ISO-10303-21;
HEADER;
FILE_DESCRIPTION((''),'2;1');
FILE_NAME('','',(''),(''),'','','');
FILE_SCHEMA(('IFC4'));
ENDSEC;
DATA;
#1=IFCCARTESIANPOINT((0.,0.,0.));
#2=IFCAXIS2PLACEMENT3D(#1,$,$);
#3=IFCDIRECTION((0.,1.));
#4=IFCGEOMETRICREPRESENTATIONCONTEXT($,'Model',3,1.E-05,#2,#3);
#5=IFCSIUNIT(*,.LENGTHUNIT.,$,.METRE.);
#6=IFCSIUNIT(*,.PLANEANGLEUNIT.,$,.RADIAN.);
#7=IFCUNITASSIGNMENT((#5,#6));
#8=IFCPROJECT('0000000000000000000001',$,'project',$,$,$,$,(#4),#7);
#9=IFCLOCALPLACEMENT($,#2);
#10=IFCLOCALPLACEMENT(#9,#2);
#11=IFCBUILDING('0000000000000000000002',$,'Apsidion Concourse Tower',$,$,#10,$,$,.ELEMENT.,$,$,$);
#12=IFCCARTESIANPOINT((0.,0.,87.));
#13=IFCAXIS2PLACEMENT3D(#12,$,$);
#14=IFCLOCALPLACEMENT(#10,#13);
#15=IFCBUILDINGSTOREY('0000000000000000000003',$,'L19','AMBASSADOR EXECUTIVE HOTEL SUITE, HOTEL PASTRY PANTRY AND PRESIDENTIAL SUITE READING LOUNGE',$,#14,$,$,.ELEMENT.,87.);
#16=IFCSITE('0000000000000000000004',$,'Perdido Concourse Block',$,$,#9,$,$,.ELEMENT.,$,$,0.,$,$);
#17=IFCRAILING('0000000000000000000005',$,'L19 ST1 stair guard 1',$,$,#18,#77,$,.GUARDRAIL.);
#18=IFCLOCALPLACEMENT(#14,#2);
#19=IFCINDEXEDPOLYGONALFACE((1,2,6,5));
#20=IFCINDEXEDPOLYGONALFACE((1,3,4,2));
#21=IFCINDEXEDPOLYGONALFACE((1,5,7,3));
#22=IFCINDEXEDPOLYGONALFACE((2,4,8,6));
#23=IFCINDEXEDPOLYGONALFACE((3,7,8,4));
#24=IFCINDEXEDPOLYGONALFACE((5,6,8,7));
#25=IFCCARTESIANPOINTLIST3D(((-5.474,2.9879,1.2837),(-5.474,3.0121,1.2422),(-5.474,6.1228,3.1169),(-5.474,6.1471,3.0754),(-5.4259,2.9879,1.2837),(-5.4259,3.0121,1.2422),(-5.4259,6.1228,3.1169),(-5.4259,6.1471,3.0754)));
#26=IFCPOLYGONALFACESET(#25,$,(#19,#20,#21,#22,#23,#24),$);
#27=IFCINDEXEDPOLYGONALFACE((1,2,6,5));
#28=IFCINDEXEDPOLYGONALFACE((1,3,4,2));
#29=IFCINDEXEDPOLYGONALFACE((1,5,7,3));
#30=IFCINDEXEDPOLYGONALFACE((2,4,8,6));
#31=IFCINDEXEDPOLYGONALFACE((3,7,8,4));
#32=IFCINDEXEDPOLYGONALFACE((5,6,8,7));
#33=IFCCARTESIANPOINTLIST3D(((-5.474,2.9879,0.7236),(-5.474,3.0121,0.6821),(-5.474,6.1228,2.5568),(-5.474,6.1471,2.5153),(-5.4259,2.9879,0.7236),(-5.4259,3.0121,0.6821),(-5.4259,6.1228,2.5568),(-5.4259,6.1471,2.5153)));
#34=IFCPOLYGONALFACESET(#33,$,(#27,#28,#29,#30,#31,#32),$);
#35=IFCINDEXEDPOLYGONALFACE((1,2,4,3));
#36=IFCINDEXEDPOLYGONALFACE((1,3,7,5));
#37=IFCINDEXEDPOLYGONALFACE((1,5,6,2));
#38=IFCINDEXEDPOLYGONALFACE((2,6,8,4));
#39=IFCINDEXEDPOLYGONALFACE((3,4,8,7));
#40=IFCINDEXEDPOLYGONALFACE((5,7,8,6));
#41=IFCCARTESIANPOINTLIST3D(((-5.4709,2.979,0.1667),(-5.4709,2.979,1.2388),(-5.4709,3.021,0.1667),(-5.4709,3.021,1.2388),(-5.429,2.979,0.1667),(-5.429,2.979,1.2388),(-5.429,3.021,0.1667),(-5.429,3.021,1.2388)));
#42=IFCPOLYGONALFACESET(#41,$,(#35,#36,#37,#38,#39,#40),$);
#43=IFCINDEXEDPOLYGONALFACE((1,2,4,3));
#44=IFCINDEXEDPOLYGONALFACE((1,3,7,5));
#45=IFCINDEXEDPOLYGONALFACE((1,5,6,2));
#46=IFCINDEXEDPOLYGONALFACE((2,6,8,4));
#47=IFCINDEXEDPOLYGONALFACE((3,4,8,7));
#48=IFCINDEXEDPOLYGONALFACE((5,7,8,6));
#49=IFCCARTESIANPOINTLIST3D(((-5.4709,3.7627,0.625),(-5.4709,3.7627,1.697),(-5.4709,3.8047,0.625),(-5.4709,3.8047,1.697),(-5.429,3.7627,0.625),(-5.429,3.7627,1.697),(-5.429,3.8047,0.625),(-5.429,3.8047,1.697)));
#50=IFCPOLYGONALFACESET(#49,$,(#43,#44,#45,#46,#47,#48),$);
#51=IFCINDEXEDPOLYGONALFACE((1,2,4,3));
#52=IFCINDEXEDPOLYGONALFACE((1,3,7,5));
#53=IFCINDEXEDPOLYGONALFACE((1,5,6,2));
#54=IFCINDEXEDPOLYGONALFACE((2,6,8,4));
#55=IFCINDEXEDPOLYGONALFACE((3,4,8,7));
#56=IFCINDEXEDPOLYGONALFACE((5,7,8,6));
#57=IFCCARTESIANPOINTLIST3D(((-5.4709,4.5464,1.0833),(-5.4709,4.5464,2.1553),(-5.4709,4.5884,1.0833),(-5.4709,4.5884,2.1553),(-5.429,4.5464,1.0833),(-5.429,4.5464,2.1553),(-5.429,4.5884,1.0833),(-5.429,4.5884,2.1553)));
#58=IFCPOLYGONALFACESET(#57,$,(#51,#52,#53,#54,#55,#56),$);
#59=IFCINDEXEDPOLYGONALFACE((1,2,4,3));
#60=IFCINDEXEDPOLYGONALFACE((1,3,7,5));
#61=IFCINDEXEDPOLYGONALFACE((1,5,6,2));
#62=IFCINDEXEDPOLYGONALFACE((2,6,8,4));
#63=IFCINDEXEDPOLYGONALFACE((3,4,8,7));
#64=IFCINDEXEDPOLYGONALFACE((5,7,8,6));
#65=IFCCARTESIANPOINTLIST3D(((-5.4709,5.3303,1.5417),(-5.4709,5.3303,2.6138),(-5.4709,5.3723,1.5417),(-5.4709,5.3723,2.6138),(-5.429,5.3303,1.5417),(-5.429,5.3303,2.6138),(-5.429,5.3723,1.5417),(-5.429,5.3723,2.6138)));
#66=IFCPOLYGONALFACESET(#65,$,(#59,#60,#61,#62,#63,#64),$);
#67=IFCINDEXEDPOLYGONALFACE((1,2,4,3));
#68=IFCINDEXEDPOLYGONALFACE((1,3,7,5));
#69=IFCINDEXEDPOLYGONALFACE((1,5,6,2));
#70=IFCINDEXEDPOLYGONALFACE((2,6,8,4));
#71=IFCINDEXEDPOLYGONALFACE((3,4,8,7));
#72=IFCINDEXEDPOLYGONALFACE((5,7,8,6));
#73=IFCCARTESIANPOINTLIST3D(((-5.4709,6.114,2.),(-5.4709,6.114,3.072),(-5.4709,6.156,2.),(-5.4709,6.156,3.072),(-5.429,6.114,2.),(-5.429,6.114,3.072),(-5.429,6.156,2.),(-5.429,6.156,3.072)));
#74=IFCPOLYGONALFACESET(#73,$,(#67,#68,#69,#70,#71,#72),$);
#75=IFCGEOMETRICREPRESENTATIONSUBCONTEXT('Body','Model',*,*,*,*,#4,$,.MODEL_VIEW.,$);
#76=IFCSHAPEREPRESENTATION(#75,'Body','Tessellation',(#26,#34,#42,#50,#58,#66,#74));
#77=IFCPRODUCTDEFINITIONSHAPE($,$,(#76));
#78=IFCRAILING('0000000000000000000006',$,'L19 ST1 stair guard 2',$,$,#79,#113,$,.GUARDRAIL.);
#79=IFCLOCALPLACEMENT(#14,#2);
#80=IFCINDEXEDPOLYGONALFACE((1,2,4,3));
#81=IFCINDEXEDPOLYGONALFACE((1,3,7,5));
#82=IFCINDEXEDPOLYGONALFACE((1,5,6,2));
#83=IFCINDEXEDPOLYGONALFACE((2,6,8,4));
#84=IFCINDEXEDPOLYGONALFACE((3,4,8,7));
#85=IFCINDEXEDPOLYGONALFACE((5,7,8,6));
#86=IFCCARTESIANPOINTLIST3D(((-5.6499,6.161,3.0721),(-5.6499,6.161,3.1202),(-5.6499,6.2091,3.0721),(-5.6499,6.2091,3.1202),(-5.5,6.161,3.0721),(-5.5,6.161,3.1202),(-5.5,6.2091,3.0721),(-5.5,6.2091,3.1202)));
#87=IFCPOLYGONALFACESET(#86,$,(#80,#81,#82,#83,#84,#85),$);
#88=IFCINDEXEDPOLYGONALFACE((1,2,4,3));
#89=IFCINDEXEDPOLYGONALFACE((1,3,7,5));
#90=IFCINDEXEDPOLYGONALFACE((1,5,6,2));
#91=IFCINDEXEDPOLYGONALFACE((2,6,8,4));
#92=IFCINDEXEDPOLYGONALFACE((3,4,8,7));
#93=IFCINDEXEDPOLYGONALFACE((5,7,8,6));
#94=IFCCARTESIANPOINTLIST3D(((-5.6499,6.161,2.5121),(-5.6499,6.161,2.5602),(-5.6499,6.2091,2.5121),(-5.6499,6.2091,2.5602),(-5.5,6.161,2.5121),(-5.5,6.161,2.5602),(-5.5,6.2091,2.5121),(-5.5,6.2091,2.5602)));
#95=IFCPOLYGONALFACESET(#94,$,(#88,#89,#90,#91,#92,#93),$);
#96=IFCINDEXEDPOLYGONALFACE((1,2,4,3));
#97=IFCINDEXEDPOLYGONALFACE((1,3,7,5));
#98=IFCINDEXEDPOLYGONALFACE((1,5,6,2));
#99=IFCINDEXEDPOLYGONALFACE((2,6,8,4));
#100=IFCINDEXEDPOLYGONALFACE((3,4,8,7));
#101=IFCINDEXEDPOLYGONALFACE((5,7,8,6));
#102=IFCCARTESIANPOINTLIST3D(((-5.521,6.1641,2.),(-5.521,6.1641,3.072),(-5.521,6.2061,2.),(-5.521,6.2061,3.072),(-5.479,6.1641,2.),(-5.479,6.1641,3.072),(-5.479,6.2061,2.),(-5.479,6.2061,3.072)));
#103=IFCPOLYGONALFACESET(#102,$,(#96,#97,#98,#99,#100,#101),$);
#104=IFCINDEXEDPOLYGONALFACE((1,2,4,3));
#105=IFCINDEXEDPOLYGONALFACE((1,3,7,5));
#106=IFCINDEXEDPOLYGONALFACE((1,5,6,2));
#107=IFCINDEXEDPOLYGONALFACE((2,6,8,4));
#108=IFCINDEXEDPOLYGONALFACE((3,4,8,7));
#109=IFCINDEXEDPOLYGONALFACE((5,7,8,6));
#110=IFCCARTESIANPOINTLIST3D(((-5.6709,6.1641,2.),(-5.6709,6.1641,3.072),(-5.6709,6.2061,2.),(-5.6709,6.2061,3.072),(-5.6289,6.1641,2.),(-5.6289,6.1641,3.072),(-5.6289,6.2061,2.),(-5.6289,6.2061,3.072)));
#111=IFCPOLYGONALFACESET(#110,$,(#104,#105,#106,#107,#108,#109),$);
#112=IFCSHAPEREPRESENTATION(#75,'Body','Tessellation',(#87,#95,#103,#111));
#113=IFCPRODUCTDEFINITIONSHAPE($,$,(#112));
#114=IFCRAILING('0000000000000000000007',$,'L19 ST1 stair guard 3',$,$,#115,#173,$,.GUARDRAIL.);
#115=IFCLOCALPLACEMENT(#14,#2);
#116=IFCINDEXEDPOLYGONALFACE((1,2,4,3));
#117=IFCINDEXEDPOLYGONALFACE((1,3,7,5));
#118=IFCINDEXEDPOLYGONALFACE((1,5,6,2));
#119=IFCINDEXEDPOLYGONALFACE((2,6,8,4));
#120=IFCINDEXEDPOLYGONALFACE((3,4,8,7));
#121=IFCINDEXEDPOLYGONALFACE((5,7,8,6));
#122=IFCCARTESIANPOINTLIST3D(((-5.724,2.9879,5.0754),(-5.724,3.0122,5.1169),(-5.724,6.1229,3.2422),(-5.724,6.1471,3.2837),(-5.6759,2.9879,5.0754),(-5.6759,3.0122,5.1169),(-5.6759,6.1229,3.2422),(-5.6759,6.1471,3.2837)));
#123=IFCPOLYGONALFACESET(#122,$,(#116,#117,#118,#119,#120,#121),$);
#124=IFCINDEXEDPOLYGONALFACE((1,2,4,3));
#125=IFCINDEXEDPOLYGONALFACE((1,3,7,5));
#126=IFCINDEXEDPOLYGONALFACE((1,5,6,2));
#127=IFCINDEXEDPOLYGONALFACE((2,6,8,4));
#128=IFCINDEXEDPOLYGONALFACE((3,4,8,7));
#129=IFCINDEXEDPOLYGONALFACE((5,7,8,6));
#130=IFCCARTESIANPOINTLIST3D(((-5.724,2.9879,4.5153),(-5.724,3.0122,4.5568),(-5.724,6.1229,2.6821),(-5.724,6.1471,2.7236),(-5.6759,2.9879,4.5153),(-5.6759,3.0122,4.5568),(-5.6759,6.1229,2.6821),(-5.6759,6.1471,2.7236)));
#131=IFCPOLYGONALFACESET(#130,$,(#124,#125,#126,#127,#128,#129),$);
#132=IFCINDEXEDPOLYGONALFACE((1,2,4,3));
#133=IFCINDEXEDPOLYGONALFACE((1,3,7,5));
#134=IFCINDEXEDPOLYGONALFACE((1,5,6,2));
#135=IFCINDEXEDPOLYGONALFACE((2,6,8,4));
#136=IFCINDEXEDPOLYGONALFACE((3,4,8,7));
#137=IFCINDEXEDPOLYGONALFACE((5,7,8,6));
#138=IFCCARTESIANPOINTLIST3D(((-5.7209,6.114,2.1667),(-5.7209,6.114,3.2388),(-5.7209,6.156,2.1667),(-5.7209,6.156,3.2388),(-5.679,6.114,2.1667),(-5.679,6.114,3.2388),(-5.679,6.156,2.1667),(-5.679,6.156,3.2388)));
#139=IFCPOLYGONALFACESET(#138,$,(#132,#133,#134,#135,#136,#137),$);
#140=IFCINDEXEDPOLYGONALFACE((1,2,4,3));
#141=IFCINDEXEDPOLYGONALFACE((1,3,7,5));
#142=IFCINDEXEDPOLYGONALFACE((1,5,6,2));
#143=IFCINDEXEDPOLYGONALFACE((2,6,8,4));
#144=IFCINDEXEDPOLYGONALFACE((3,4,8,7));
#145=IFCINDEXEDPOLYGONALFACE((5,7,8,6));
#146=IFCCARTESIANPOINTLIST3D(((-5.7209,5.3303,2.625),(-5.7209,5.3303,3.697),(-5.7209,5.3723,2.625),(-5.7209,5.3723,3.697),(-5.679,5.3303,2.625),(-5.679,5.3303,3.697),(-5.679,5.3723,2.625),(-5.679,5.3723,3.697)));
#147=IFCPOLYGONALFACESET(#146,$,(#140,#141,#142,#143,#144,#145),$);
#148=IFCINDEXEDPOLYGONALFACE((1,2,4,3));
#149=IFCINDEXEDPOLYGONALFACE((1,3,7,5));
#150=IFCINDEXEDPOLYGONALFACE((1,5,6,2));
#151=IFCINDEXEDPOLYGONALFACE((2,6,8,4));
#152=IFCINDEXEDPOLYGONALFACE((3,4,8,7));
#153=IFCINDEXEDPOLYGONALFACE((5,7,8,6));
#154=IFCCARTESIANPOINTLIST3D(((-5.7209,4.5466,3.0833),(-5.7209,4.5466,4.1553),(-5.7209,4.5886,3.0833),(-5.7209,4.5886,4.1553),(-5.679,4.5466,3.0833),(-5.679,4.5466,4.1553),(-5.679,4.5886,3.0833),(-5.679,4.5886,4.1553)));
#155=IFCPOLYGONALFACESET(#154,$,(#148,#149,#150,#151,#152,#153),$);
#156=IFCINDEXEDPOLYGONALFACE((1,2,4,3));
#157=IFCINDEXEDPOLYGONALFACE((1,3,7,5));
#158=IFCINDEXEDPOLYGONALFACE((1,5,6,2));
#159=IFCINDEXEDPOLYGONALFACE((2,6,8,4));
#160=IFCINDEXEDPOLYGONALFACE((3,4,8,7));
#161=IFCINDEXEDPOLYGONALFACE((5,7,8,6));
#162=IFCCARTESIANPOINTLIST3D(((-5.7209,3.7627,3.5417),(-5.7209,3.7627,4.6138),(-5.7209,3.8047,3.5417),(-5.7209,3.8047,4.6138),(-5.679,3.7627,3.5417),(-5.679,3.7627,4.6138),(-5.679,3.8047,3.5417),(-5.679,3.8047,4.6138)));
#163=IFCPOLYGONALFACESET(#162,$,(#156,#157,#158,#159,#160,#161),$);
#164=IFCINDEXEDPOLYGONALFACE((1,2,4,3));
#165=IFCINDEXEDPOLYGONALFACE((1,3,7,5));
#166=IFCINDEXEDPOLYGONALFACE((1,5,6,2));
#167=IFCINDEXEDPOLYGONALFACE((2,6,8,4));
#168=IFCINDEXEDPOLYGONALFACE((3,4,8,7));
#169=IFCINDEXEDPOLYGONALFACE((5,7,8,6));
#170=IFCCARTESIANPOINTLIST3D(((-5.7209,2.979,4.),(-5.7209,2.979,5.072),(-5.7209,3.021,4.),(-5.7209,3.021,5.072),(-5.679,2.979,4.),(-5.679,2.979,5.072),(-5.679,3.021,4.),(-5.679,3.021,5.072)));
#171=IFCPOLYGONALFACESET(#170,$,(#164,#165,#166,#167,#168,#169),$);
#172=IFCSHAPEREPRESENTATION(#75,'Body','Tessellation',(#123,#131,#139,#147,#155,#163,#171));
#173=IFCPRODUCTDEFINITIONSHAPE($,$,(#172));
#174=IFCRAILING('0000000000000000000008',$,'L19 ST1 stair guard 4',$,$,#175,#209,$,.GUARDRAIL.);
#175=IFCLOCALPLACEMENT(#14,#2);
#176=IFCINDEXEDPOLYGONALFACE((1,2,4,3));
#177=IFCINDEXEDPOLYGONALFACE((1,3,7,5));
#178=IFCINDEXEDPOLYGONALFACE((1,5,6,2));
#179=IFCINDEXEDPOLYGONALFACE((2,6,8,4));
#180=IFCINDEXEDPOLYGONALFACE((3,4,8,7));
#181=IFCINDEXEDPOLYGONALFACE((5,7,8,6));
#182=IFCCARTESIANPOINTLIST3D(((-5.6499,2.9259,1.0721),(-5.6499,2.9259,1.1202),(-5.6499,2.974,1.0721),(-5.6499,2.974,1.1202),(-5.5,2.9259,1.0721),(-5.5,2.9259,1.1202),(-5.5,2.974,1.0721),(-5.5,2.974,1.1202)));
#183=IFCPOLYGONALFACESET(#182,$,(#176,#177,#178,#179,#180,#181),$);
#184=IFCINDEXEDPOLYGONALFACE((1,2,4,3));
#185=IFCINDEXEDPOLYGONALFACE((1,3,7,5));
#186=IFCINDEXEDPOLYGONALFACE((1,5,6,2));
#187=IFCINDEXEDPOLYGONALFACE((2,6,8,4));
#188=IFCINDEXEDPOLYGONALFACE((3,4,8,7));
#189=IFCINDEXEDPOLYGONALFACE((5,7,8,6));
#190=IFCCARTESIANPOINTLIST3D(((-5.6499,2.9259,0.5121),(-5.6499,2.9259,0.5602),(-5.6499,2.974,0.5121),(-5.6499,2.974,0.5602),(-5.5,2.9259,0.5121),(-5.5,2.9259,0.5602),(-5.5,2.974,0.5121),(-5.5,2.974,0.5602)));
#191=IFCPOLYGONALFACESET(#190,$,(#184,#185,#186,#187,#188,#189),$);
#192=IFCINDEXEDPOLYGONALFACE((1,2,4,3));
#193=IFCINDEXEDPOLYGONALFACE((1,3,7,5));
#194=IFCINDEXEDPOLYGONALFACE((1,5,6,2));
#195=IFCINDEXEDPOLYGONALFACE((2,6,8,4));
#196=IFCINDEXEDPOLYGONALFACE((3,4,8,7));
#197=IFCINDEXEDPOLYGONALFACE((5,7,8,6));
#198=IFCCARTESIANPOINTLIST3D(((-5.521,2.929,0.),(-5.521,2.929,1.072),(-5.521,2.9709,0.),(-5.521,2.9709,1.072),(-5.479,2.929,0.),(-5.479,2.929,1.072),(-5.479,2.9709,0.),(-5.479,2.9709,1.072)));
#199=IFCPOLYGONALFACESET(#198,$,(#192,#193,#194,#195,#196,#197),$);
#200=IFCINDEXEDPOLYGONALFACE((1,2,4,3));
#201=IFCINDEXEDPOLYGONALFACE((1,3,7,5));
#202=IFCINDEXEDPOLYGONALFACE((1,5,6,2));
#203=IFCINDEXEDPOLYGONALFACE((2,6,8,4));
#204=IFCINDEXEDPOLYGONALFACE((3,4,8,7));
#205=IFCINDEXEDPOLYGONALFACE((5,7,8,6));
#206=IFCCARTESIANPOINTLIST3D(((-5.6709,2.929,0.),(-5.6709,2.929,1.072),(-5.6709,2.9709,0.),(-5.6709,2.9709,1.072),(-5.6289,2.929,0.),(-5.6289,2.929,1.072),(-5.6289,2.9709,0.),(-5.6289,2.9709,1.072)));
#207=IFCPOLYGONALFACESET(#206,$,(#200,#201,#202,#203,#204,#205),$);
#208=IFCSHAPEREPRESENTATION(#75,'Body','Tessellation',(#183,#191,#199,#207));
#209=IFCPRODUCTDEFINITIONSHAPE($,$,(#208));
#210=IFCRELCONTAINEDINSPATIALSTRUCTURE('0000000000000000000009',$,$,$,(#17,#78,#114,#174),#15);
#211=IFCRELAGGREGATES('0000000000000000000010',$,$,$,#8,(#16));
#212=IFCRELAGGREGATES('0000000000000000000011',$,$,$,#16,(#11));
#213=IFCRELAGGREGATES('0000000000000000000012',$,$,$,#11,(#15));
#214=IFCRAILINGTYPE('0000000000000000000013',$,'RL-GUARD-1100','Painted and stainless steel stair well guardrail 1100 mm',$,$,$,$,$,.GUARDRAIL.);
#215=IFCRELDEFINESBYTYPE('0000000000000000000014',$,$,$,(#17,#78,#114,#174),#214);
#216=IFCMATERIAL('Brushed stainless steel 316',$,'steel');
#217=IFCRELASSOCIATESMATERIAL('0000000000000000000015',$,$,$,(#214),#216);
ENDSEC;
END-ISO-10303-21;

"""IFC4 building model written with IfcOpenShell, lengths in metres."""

from ifc_helpers import new_model, si_unit, direction, frame, origin, origin_2d, place, context, subcontext, project, spatial, rectangle, extrude, material, type_object, element, save


model = new_model("IFC4")

# Units and contexts
model_context = context("Model", 3, precision=1e-05, world=origin(), true_north=direction((0.0, 1.0)))
body_context = subcontext(model_context, "Body", "Model", "MODEL_VIEW")
ifc_project = project(units=[si_unit("LENGTHUNIT", "METRE"), si_unit("PLANEANGLEUNIT", "RADIAN")], contexts=[model_context])

# Site, building, storey
site_placement = place(None, origin())
site = spatial("IfcSite", under=ifc_project, at=site_placement, Name="Perdido Concourse Block", CompositionType="ELEMENT", RefElevation=0.0)
building_placement = place(site_placement, origin())
building = spatial("IfcBuilding", under=site, at=building_placement, Name="Apsidion Concourse Tower", CompositionType="ELEMENT")
storey_placement = place(building_placement, frame((0.0, 0.0, 87.0)))
storey = spatial("IfcBuildingStorey", under=building, at=storey_placement, Name="L19", Description="AMBASSADOR EXECUTIVE HOTEL SUITE, HOTEL PASTRY PANTRY AND PRESIDENTIAL SUITE READING LOUNGE", CompositionType="ELEMENT", Elevation=87.0)

# Railings
ifc_material_1 = material(Name="Brushed stainless steel 316", Category="steel")
railing_type_1 = type_object("IfcRailingType", Name="RL-GUARD-1100", Description="Painted and stainless steel stair well guardrail 1100 mm", PredefinedType="GUARDRAIL", material=ifc_material_1)
railing_1_placement = place(storey_placement, frame((-5.45, 3.0, 0.1667)))
element("IfcRailing", 1, at=railing_1_placement, inside=storey, type_object=railing_type_1, Name="L19 ST1 stair guard 1", PredefinedType="GUARDRAIL", context=body_context, shape_type="SweptSolid", body=[
    extrude(rectangle(XDim=0.0481, YDim=0.0481, at=origin_2d()), frame((0.0, 0.0, 1.0962), z_axis=(0.0, 0.86324, 0.504794), x_axis=(-1.0, 0.0, 0.0)), (0.0, 0.0, 1.0), 3.6316),
    extrude(rectangle(XDim=0.0481, YDim=0.0481, at=origin_2d()), frame((0.0, 0.0, 0.5361), z_axis=(0.0, 0.86324, 0.504794), x_axis=(-1.0, 0.0, 0.0)), (0.0, 0.0, 1.0), 3.6316),
    extrude(rectangle(XDim=0.042, YDim=0.042, at=origin_2d()), origin(), (0.0, 0.0, 1.0), 1.072),
    extrude(rectangle(XDim=0.042, YDim=0.042, at=origin_2d()), frame((0.0, 0.7837, 0.4583)), (0.0, 0.0, 1.0), 1.072),
    extrude(rectangle(XDim=0.042, YDim=0.042, at=origin_2d()), frame((0.0, 1.5674, 0.9165)), (0.0, 0.0, 1.0), 1.072),
    extrude(rectangle(XDim=0.042, YDim=0.042, at=origin_2d()), frame((0.0, 2.3513, 1.375)), (0.0, 0.0, 1.0), 1.072),
    extrude(rectangle(XDim=0.042, YDim=0.042, at=origin_2d()), frame((0.0, 3.135, 1.8333)), (0.0, 0.0, 1.0), 1.072),
])
railing_2_placement = place(storey_placement, frame((-5.5, 6.1851, 2.0)))
element("IfcRailing", 2, at=railing_2_placement, inside=storey, type_object=railing_type_1, Name="L19 ST1 stair guard 2", PredefinedType="GUARDRAIL", context=body_context, shape_type="SweptSolid", body=[
    extrude(rectangle(XDim=0.0481, YDim=0.0481, at=origin_2d()), frame((0.0, 0.0, 1.0962), z_axis=(-1.0, 0.0, 0.0), x_axis=(0.0, -1.0, 0.0)), (0.0, 0.0, 1.0), 0.1499),
    extrude(rectangle(XDim=0.0481, YDim=0.0481, at=origin_2d()), frame((0.0, 0.0, 0.5361), z_axis=(-1.0, 0.0, 0.0), x_axis=(0.0, -1.0, 0.0)), (0.0, 0.0, 1.0), 0.1499),
    extrude(rectangle(XDim=0.042, YDim=0.042, at=origin_2d()), origin(), (0.0, 0.0, 1.0), 1.072),
    extrude(rectangle(XDim=0.042, YDim=0.042, at=origin_2d()), frame((-0.1499, 0.0, 0.0)), (0.0, 0.0, 1.0), 1.072),
])
railing_3_placement = place(storey_placement, frame((-5.7, 6.135, 2.1667)))
element("IfcRailing", 3, at=railing_3_placement, inside=storey, type_object=railing_type_1, Name="L19 ST1 stair guard 3", PredefinedType="GUARDRAIL", context=body_context, shape_type="SweptSolid", body=[
    extrude(rectangle(XDim=0.0481, YDim=0.0481, at=origin_2d()), frame((0.0, 0.0, 1.0962), z_axis=(0.0, -0.86324, 0.504794), x_axis=(1.0, 0.0, 0.0)), (0.0, 0.0, 1.0), 3.6316),
    extrude(rectangle(XDim=0.0481, YDim=0.0481, at=origin_2d()), frame((0.0, 0.0, 0.5361), z_axis=(0.0, -0.86324, 0.504794), x_axis=(1.0, 0.0, 0.0)), (0.0, 0.0, 1.0), 3.6316),
    extrude(rectangle(XDim=0.042, YDim=0.042, at=origin_2d()), origin(), (0.0, 0.0, 1.0), 1.072),
    extrude(rectangle(XDim=0.042, YDim=0.042, at=origin_2d()), frame((0.0, -0.7837, 0.4583)), (0.0, 0.0, 1.0), 1.072),
    extrude(rectangle(XDim=0.042, YDim=0.042, at=origin_2d()), frame((0.0, -1.5674, 0.9165)), (0.0, 0.0, 1.0), 1.072),
    extrude(rectangle(XDim=0.042, YDim=0.042, at=origin_2d()), frame((0.0, -2.3513, 1.375)), (0.0, 0.0, 1.0), 1.072),
    extrude(rectangle(XDim=0.042, YDim=0.042, at=origin_2d()), frame((0.0, -3.135, 1.8333)), (0.0, 0.0, 1.0), 1.072),
])
railing_4_placement = place(storey_placement, frame((-5.5, 2.95, 0.0)))
element("IfcRailing", 4, at=railing_4_placement, inside=storey, type_object=railing_type_1, Name="L19 ST1 stair guard 4", PredefinedType="GUARDRAIL", context=body_context, shape_type="SweptSolid", body=[
    extrude(rectangle(XDim=0.0481, YDim=0.0481, at=origin_2d()), frame((0.0, 0.0, 1.0962), z_axis=(-1.0, 0.0, 0.0), x_axis=(0.0, -1.0, 0.0)), (0.0, 0.0, 1.0), 0.1499),
    extrude(rectangle(XDim=0.0481, YDim=0.0481, at=origin_2d()), frame((0.0, 0.0, 0.5361), z_axis=(-1.0, 0.0, 0.0), x_axis=(0.0, -1.0, 0.0)), (0.0, 0.0, 1.0), 0.1499),
    extrude(rectangle(XDim=0.042, YDim=0.042, at=origin_2d()), origin(), (0.0, 0.0, 1.0), 1.072),
    extrude(rectangle(XDim=0.042, YDim=0.042, at=origin_2d()), frame((-0.1499, 0.0, 0.0)), (0.0, 0.0, 1.0), 1.072),
])

save(model, "model.ifc")
